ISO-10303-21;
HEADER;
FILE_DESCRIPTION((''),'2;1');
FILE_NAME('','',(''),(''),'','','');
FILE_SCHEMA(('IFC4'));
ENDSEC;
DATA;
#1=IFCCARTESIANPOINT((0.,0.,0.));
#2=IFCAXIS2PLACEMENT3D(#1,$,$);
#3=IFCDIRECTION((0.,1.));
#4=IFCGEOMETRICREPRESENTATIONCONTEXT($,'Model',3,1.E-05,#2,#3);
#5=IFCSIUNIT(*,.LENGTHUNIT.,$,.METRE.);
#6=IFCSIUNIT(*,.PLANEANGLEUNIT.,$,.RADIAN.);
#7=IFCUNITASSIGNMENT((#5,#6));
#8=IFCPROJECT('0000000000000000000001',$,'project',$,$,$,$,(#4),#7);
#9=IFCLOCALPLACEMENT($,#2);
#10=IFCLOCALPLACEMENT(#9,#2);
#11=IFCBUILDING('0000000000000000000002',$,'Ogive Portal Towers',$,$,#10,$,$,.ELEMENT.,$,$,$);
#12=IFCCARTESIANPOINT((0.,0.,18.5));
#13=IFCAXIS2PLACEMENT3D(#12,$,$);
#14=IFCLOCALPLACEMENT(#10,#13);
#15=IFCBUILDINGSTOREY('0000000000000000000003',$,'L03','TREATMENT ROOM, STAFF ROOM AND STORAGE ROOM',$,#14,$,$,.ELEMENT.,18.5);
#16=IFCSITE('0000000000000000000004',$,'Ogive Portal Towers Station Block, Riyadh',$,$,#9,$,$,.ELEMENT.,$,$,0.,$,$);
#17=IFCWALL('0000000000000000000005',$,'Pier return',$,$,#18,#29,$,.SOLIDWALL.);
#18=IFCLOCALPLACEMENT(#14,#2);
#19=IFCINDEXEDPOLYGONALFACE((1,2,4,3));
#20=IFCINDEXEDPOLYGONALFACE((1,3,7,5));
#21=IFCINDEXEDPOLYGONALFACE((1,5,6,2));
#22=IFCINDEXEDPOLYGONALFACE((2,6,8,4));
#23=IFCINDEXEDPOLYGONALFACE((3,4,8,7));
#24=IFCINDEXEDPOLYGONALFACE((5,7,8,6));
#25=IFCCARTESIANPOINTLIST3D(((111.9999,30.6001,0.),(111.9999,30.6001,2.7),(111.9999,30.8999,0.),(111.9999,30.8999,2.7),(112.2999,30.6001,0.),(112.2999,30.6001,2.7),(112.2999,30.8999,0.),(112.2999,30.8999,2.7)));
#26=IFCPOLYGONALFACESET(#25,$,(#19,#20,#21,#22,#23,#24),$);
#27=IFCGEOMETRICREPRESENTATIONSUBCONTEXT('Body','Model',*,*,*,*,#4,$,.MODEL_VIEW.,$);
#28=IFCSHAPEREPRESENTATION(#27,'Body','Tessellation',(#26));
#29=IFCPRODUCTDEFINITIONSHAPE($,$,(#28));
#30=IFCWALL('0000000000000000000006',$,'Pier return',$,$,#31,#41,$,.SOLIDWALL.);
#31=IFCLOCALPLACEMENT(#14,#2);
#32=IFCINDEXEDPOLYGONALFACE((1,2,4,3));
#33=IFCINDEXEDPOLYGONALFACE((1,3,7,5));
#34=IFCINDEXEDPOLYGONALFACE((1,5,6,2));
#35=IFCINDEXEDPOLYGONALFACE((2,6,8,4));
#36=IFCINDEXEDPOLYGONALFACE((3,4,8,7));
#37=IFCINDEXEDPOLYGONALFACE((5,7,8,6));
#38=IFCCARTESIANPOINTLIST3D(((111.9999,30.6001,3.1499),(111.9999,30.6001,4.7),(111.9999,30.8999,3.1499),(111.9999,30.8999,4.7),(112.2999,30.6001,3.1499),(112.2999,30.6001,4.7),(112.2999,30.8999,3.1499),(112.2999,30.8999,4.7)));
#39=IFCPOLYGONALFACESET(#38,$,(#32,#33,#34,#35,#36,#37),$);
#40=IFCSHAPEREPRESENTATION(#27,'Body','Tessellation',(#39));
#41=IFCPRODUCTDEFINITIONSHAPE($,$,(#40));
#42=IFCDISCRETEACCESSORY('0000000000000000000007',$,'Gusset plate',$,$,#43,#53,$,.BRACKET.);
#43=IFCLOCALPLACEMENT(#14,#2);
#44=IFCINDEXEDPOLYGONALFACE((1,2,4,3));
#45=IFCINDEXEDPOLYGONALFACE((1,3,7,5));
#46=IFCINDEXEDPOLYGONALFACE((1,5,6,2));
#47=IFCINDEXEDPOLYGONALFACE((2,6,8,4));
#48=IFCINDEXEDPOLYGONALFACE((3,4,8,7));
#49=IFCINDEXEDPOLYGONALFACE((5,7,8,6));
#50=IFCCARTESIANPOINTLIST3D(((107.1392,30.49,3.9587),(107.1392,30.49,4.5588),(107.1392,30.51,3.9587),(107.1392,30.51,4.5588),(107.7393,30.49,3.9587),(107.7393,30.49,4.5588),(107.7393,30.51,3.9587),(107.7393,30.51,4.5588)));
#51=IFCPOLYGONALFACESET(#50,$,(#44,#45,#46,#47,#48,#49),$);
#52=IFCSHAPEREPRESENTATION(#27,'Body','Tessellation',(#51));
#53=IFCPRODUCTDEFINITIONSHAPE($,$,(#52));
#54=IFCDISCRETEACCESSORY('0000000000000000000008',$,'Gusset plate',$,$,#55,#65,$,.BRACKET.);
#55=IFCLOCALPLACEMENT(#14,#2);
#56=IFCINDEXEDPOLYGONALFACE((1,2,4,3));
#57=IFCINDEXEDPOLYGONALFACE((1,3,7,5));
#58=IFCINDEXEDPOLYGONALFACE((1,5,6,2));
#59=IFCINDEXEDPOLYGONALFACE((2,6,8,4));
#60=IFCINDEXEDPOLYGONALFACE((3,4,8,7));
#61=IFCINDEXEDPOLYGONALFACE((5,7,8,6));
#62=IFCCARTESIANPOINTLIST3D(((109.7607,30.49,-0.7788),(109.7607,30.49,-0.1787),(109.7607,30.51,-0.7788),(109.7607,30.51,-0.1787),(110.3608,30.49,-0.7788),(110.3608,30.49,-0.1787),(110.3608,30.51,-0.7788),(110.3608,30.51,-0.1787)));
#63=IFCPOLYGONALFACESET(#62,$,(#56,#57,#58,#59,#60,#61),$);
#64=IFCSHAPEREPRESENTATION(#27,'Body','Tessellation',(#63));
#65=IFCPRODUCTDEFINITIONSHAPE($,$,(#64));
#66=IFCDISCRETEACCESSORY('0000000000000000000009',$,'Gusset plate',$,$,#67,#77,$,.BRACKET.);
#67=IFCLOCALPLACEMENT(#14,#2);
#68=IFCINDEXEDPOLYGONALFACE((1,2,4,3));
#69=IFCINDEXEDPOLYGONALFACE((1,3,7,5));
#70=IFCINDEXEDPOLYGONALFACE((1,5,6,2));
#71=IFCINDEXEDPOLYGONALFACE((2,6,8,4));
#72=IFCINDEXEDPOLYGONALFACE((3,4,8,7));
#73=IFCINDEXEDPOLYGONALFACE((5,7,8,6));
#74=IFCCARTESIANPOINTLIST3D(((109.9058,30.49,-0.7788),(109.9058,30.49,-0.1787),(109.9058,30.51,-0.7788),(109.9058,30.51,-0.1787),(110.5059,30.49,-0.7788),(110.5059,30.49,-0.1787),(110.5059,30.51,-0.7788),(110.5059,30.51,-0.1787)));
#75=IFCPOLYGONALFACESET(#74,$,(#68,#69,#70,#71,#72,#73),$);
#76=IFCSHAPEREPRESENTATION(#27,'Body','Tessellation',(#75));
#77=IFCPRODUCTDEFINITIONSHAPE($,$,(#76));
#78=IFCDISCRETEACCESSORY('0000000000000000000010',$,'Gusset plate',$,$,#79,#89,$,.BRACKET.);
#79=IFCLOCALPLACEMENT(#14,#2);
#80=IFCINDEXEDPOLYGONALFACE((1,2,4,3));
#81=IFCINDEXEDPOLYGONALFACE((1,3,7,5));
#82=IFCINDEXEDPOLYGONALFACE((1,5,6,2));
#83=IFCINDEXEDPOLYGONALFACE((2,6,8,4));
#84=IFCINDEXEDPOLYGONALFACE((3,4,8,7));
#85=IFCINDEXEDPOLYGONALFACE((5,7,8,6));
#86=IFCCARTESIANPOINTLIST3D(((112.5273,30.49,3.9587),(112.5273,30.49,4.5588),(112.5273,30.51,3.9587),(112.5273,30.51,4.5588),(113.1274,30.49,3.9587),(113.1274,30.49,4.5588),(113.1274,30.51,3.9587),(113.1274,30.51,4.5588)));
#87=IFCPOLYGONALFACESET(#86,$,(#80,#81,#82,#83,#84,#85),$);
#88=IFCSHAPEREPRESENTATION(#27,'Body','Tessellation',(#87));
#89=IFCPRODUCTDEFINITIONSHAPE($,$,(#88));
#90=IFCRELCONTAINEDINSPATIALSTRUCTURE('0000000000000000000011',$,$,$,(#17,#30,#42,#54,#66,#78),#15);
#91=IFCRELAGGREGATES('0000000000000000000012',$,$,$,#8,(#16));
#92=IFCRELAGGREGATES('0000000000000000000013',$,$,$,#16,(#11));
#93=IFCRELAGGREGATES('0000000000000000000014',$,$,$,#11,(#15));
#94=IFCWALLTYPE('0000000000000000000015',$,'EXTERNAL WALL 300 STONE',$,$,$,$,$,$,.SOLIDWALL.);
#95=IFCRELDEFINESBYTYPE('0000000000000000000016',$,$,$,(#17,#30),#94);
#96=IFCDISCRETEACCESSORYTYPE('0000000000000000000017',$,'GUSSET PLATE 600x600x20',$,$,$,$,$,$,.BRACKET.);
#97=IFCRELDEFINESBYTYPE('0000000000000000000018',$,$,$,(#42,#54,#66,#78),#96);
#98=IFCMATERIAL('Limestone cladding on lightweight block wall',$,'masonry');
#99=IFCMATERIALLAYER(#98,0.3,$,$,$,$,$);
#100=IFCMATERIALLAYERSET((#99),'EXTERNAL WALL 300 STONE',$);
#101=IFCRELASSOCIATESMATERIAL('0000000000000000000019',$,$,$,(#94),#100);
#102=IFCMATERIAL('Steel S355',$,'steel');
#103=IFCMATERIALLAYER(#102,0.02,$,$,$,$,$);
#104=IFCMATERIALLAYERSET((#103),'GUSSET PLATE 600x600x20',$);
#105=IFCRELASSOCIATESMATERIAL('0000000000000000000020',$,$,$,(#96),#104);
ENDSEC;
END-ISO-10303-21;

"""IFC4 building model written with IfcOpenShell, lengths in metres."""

from ifc_helpers import new_model, si_unit, direction, frame, frame_2d, origin, origin_2d, place, context, subcontext, project, spatial, rectangle, extrude, material, layer, layer_set, type_object, element, save


model = new_model("IFC4")

# Units and contexts
model_context = context("Model", 3, precision=1e-05, world=origin(), true_north=direction((0.0, 1.0)))
body_context = subcontext(model_context, "Body", "Model", "MODEL_VIEW")
ifc_project = project(units=[si_unit("LENGTHUNIT", "METRE"), si_unit("PLANEANGLEUNIT", "RADIAN")], contexts=[model_context])

# Site, building, storey
site_placement = place(None, origin())
site = spatial("IfcSite", under=ifc_project, at=site_placement, Name="Ogive Portal Towers Station Block, Riyadh", CompositionType="ELEMENT", RefElevation=0.0)
building_placement = place(site_placement, origin())
building = spatial("IfcBuilding", under=site, at=building_placement, Name="Ogive Portal Towers", CompositionType="ELEMENT")
storey_placement = place(building_placement, frame((0.0, 0.0, 18.5)))
storey = spatial("IfcBuildingStorey", under=building, at=storey_placement, Name="L03", Description="TREATMENT ROOM, STAFF ROOM AND STORAGE ROOM", CompositionType="ELEMENT", Elevation=18.5)

# Shared definitions
ifc_material_1 = material(Name="Steel S355", Category="steel")

# Shared definitions
ifc_material_2 = material(Name="Limestone cladding on lightweight block wall", Category="masonry")
ifc_layer_1 = layer(ifc_material_2, 0.3)
ifc_layer_set_1 = layer_set([ifc_layer_1], Name="EXTERNAL WALL 300 STONE")
wall_type = type_object("IfcWallType", Name="EXTERNAL WALL 300 STONE", PredefinedType="SOLIDWALL", material=ifc_layer_set_1)

# Walls
wall_1_placement = place(storey_placement, frame((112.1499, 30.6001, 0.0), z_axis=(0.0, 0.0, 1.0), x_axis=(0.0, 1.0, 0.0)))
element("IfcWall", 1, at=wall_1_placement, inside=storey, type_object=wall_type, Name="Pier return", PredefinedType="SOLIDWALL", context=body_context, shape_type="SweptSolid", body=[
    extrude(rectangle(XDim=0.2998, YDim=0.3, at=frame_2d((0.1499, 0.0))), origin(), (0.0, 0.0, 1.0), 2.7),
])
wall_2_placement = place(storey_placement, frame((112.1499, 30.6001, 3.1499), z_axis=(0.0, 0.0, 1.0), x_axis=(0.0, 1.0, 0.0)))
element("IfcWall", 2, at=wall_2_placement, inside=storey, type_object=wall_type, Name="Pier return", PredefinedType="SOLIDWALL", context=body_context, shape_type="SweptSolid", body=[
    extrude(rectangle(XDim=0.2998, YDim=0.3, at=frame_2d((0.1499, 0.0))), origin(), (0.0, 0.0, 1.0), 1.55),
])

# Discrete accessories
ifc_layer_2 = layer(ifc_material_1, 0.02)
ifc_layer_set_2 = layer_set([ifc_layer_2], Name="GUSSET PLATE 600x600x20")
discrete_accessory_type = type_object("IfcDiscreteAccessoryType", Name="GUSSET PLATE 600x600x20", PredefinedType="BRACKET", material=ifc_layer_set_2)
for number, where, z_axis, x_axis, name in (
    (3, (107.4392, 30.5, 3.9587), (0.0, 0.0, 1.0), (1.0, 0.0, 0.0), "Gusset plate"),
    (4, (110.0608, 30.5, -0.7788), (0.0, 0.0, 1.0), (1.0, 0.0, 0.0), "Gusset plate"),
    (5, (110.2058, 30.5, -0.7788), (0.0, 0.0, 1.0), (1.0, 0.0, 0.0), "Gusset plate"),
    (6, (112.8274, 30.5, 3.9587), (0.0, 0.0, 1.0), (1.0, 0.0, 0.0), "Gusset plate"),
):
    element("IfcDiscreteAccessory", number, at=place(storey_placement, frame(where, z_axis=z_axis, x_axis=x_axis)), inside=storey, type_object=discrete_accessory_type, Name=name, PredefinedType="BRACKET", context=body_context, shape_type="SweptSolid", body=[
        extrude(rectangle(XDim=0.6001, YDim=0.02, at=origin_2d()), origin(), (0.0, 0.0, 1.0), 0.6001),
    ])

save(model, "model.ifc")
